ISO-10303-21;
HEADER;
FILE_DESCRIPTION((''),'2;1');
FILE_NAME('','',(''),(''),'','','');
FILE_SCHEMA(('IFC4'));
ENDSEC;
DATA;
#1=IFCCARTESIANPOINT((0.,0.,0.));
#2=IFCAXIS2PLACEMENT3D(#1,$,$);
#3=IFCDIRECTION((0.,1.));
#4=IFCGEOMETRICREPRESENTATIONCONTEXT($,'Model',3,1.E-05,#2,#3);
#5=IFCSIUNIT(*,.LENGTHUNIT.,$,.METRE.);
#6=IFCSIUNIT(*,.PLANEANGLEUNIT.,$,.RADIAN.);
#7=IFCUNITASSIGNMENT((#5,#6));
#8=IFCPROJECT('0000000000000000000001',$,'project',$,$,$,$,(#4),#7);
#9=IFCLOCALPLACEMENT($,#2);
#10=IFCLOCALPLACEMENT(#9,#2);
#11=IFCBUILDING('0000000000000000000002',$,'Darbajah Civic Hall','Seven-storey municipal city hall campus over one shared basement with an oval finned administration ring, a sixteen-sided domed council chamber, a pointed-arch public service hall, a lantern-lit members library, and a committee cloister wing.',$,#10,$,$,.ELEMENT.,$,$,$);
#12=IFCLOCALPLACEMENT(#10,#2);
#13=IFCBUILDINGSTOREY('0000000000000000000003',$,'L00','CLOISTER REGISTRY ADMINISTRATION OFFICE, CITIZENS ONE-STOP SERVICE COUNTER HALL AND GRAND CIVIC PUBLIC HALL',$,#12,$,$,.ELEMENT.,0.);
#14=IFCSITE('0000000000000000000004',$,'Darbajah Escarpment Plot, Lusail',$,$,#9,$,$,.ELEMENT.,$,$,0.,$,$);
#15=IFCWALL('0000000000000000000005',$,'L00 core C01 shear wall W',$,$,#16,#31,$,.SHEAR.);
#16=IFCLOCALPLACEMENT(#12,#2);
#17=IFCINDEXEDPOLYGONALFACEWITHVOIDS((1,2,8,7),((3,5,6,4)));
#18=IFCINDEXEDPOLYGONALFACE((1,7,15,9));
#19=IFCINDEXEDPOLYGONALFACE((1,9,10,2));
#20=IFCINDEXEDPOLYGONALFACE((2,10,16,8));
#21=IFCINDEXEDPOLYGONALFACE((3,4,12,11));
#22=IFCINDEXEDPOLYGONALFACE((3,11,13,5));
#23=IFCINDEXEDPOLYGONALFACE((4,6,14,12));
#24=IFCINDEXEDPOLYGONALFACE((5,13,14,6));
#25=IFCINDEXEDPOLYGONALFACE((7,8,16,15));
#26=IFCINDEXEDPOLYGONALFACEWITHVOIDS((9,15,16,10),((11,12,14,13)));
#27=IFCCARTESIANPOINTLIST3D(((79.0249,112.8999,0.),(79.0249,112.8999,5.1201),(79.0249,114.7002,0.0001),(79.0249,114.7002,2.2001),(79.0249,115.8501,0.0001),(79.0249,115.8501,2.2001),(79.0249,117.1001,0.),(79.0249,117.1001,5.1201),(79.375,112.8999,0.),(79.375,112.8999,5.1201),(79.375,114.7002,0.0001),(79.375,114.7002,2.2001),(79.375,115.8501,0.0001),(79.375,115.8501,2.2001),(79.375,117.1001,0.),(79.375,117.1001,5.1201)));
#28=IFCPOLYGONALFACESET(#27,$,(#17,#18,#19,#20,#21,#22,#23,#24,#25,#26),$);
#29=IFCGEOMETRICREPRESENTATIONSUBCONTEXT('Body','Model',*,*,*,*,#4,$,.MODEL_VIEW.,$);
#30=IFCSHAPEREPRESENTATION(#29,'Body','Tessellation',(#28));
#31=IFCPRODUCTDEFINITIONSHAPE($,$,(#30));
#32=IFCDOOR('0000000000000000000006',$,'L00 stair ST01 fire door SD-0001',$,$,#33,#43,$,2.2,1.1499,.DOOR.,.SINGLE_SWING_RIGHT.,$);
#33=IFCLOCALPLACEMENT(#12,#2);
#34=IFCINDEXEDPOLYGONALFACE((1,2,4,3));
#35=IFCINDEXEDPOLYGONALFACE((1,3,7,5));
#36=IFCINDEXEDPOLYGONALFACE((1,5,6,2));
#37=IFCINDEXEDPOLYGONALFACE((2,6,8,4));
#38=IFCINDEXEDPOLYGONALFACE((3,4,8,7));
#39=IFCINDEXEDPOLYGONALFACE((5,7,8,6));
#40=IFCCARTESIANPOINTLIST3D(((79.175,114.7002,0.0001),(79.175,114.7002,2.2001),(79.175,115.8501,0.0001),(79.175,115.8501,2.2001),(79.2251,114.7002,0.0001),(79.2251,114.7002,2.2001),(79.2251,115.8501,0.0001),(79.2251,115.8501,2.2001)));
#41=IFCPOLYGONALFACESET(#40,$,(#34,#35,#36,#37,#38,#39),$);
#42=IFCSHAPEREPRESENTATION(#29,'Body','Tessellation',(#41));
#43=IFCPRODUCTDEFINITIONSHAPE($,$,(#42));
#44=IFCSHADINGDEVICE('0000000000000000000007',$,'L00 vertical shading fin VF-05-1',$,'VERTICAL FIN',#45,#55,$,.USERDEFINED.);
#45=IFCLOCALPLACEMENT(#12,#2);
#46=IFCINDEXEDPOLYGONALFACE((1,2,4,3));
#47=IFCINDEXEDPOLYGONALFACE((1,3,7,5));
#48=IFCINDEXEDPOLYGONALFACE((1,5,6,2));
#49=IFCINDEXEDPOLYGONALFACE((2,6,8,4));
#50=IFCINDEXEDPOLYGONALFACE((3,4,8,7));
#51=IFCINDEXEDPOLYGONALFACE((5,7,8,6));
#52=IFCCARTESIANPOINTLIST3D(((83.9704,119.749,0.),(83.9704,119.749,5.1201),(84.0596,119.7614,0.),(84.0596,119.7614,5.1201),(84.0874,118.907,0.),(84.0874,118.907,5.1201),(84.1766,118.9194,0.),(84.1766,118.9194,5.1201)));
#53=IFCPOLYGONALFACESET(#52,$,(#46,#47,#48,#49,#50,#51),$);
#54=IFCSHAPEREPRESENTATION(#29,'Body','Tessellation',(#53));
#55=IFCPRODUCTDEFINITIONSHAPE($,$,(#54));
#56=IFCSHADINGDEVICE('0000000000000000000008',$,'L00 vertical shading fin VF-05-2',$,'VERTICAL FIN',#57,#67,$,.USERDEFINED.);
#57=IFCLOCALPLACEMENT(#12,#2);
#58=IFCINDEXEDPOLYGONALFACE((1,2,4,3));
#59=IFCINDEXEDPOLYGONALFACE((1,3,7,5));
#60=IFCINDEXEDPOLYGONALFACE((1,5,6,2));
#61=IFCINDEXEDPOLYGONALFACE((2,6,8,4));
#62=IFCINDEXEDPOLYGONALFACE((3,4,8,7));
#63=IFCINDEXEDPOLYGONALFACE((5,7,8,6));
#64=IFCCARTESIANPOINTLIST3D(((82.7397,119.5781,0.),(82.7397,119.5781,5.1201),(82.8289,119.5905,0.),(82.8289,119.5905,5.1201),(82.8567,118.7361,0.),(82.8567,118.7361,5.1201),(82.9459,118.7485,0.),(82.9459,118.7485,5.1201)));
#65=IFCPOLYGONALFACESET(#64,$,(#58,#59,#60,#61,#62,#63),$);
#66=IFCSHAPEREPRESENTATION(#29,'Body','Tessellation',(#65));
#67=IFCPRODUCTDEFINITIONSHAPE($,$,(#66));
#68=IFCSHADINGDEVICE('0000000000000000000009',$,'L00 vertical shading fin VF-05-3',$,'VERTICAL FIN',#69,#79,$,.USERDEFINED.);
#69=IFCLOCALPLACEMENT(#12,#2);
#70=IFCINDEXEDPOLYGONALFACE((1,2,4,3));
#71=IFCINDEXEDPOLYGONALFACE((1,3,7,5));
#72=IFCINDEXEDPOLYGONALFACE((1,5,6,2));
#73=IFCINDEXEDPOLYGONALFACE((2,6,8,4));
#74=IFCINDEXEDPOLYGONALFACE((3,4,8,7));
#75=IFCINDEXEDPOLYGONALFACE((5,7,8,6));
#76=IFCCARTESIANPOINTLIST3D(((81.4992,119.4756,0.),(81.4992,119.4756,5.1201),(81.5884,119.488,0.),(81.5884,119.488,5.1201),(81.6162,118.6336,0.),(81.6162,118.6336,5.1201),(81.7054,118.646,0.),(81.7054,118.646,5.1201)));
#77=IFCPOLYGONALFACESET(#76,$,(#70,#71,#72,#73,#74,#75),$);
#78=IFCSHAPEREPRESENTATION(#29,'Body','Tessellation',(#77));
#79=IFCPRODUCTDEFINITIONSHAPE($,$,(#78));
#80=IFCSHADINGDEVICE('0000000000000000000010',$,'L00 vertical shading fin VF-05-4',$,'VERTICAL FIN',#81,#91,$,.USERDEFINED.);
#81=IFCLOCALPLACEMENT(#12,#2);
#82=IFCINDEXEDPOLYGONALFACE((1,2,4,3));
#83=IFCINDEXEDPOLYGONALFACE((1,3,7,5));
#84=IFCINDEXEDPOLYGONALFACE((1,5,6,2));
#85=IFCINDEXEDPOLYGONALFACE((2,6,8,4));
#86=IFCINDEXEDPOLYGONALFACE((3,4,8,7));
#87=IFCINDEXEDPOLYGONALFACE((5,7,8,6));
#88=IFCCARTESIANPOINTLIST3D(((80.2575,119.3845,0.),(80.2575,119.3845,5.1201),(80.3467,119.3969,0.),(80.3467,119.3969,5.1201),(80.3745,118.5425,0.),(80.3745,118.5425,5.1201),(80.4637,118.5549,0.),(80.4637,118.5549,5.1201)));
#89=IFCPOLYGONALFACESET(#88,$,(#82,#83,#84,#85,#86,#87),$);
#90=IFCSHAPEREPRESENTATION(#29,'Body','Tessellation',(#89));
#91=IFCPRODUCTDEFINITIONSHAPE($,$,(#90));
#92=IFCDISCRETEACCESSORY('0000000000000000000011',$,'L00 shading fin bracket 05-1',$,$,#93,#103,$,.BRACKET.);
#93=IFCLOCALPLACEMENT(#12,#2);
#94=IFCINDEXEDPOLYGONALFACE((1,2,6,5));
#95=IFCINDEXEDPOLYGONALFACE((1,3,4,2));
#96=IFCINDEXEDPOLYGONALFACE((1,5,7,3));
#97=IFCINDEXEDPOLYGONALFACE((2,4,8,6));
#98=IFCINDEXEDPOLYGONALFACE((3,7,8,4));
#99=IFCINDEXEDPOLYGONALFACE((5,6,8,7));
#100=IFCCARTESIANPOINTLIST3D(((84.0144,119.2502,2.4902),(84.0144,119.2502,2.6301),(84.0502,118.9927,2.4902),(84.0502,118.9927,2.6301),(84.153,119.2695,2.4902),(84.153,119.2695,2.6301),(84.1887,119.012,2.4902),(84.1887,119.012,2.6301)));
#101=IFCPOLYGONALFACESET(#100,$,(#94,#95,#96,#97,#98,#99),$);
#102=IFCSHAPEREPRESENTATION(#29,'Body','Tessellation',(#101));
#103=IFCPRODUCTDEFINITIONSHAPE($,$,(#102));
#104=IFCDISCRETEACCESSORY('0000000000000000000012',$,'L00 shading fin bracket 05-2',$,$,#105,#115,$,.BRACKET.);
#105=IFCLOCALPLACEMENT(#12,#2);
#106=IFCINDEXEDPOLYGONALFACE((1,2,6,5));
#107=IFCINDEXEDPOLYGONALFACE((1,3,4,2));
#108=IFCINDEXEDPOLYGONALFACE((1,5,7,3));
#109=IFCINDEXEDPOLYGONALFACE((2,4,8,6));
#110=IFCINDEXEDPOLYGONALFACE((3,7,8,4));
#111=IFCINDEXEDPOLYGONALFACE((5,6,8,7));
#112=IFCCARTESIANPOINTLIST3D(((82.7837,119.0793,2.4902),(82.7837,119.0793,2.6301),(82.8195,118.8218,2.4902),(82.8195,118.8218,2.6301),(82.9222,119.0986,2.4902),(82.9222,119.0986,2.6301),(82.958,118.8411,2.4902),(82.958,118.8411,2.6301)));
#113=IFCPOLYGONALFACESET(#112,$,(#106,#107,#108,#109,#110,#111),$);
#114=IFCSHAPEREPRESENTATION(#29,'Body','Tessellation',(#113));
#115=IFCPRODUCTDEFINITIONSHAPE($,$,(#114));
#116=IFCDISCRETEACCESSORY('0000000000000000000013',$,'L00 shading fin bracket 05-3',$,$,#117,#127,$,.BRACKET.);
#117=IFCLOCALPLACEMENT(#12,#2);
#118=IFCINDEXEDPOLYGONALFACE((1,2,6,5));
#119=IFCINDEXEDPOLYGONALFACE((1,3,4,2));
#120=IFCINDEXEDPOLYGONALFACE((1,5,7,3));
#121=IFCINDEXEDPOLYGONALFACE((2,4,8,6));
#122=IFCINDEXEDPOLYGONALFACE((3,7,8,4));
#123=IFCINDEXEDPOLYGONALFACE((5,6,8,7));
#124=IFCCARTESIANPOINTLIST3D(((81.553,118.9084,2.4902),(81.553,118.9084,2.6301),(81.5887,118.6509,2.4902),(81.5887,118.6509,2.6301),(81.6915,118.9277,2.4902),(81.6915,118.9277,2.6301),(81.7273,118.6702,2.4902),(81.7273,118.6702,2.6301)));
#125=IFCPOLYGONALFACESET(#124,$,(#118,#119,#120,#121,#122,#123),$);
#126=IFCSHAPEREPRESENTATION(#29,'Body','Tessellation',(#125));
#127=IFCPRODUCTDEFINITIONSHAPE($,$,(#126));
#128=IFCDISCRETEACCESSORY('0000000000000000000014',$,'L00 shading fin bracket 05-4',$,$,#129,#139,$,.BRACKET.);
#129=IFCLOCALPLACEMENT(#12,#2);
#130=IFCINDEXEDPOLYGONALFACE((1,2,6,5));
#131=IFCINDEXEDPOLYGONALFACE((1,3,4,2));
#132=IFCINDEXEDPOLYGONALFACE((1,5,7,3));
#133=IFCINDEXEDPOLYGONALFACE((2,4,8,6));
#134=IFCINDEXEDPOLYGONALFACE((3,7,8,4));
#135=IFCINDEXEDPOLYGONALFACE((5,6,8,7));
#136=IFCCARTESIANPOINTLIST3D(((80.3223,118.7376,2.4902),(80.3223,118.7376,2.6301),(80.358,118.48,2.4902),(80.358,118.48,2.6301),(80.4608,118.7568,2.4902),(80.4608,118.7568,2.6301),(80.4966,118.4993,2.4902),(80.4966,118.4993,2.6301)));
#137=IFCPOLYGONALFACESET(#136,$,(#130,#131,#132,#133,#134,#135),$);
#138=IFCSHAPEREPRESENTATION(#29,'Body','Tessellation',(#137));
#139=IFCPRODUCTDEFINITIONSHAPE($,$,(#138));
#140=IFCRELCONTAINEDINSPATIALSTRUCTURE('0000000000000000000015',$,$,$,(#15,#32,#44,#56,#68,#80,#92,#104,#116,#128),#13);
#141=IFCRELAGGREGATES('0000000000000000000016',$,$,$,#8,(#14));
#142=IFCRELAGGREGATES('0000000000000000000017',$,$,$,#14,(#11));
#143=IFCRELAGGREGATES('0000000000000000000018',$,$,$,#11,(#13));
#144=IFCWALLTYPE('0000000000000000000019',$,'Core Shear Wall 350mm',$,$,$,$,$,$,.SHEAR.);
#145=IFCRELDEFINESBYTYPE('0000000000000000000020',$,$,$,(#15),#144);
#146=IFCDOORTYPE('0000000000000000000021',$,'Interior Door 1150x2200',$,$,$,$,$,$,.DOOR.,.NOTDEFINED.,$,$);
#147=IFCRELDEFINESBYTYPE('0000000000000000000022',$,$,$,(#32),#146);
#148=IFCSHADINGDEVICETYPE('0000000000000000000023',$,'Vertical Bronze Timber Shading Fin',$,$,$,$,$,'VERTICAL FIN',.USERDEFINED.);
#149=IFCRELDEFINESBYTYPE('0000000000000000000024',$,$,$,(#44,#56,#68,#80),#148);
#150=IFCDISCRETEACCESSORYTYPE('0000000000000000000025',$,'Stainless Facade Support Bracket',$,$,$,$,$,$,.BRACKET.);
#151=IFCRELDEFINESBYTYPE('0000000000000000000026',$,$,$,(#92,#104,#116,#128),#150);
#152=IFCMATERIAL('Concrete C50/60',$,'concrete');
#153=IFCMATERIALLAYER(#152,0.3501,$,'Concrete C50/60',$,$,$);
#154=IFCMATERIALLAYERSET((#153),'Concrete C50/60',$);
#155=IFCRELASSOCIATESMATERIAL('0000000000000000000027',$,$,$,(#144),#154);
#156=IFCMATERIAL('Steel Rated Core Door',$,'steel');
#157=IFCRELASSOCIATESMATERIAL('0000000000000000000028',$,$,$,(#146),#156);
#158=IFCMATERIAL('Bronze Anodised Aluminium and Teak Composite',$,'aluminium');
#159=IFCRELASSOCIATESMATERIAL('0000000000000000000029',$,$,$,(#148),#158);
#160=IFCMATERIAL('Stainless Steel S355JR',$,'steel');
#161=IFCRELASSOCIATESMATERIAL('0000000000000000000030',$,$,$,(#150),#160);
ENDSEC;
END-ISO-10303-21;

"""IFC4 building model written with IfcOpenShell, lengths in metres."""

from ifc_helpers import new_model, si_unit, direction, frame, frame_2d, origin, origin_2d, place, context, subcontext, project, spatial, rectangle, extrude, material, layer, layer_set, type_object, element, fill, save


model = new_model("IFC4")

# Units and contexts
model_context = context("Model", 3, precision=1e-05, world=origin(), true_north=direction((0.0, 1.0)))
body_context = subcontext(model_context, "Body", "Model", "MODEL_VIEW")
ifc_project = project(units=[si_unit("LENGTHUNIT", "METRE"), si_unit("PLANEANGLEUNIT", "RADIAN")], contexts=[model_context])

# Site, building, storey
site_placement = place(None, origin())
site = spatial("IfcSite", under=ifc_project, at=site_placement, Name="Darbajah Escarpment Plot, Lusail", CompositionType="ELEMENT", RefElevation=0.0)
building_placement = place(site_placement, origin())
building = spatial("IfcBuilding", under=site, at=building_placement, Name="Darbajah Civic Hall", Description="Seven-storey municipal city hall campus over one shared basement with an oval finned administration ring, a sixteen-sided domed council chamber, a pointed-arch public service hall, a lantern-lit members library, and a committee cloister wing.", CompositionType="ELEMENT")
storey_placement = place(building_placement, origin())
storey = spatial("IfcBuildingStorey", under=building, at=storey_placement, Name="L00", Description="CLOISTER REGISTRY ADMINISTRATION OFFICE, CITIZENS ONE-STOP SERVICE COUNTER HALL AND GRAND CIVIC PUBLIC HALL", CompositionType="ELEMENT", Elevation=0.0)

# Wall, opening, door
ifc_material_1 = material(Name="Concrete C50/60", Category="concrete")
ifc_layer_1 = layer(ifc_material_1, 0.3501, Name="Concrete C50/60")
ifc_layer_set_1 = layer_set([ifc_layer_1], Name="Concrete C50/60")
wall_type = type_object("IfcWallType", Name="Core Shear Wall 350mm", PredefinedType="SHEAR", material=ifc_layer_set_1)
wall_placement = place(storey_placement, frame((79.2, 117.1001, 0.0), z_axis=(0.0, 0.0, 1.0), x_axis=(0.0, -1.0, 0.0)))
wall = element("IfcWall", 1, at=wall_placement, inside=storey, type_object=wall_type, Name="L00 core C01 shear wall W", PredefinedType="SHEAR", context=body_context, shape_type="SweptSolid", body=[
    extrude(rectangle(XDim=4.2002, YDim=0.3501, at=frame_2d((2.1001, 0.0))), origin(), (0.0, 0.0, 1.0), 5.1201),
])
opening_placement = place(wall_placement, frame((1.25, 0.0, 0.0)))
opening = element("IfcOpeningElement", 2, at=opening_placement, cuts=wall, PredefinedType="OPENING", context=body_context, shape_type="SweptSolid", body=[
    extrude(rectangle(XDim=1.1499, YDim=2.2, at=frame_2d((0.575, 1.1001))), frame((0.0, 0.1851, 0.0), z_axis=(0.0, -1.0, 0.0), x_axis=(1.0, 0.0, 0.0)), (0.0, 0.0, 1.0), 0.3701),
])
ifc_material_2 = material(Name="Steel Rated Core Door", Category="steel")
door_type = type_object("IfcDoorType", Name="Interior Door 1150x2200", OperationType="NOTDEFINED", PredefinedType="DOOR", material=ifc_material_2)
door_placement = place(opening_placement, frame((1.1499, 0.0, 0.0), z_axis=(0.0, 0.0, 1.0), x_axis=(-1.0, 0.0, 0.0)))
door = element("IfcDoor", 3, at=door_placement, inside=storey, type_object=door_type, Name="L00 stair ST01 fire door SD-0001", OperationType="SINGLE_SWING_RIGHT", OverallHeight=2.2, OverallWidth=1.1499, PredefinedType="DOOR", context=body_context, shape_type="SweptSolid", body=[
    extrude(rectangle(XDim=1.1499, YDim=2.2, at=frame_2d((0.575, 1.1001))), frame((0.0, 0.0249, 0.0), z_axis=(0.0, -1.0, 0.0), x_axis=(1.0, 0.0, 0.0)), (0.0, 0.0, 1.0), 0.05),
])
fill(opening, door)

# Shading devices
ifc_material_3 = material(Name="Bronze Anodised Aluminium and Teak Composite", Category="aluminium")
shading_device_type = type_object("IfcShadingDeviceType", Name="Vertical Bronze Timber Shading Fin", ElementType="VERTICAL FIN", PredefinedType="USERDEFINED", material=ifc_material_3)
for number, where, z_axis, x_axis, name in (
    (4, (84.0735, 119.3342, 0.0), (0.0, 0.0, 1.0), (-0.137617, 0.990485, 0.0), "L00 vertical shading fin VF-05-1"),
    (5, (82.8428, 119.1633, 0.0), (0.0, 0.0, 1.0), (-0.137617, 0.990485, 0.0), "L00 vertical shading fin VF-05-2"),
    (6, (81.6023, 119.0608, 0.0), (0.0, 0.0, 1.0), (-0.137617, 0.990485, 0.0), "L00 vertical shading fin VF-05-3"),
    (7, (80.3606, 118.9697, 0.0), (0.0, 0.0, 1.0), (-0.137617, 0.990485, 0.0), "L00 vertical shading fin VF-05-4"),
):
    element("IfcShadingDevice", number, at=place(storey_placement, frame(where, z_axis=z_axis, x_axis=x_axis)), inside=storey, type_object=shading_device_type, Name=name, ObjectType="VERTICAL FIN", PredefinedType="USERDEFINED", context=body_context, shape_type="SweptSolid", body=[
        extrude(rectangle(XDim=0.8501, YDim=0.0901, at=origin_2d()), origin(), (0.0, 0.0, 1.0), 5.1201),
    ])

# Discrete accessories
ifc_material_4 = material(Name="Stainless Steel S355JR", Category="steel")
discrete_accessory_type = type_object("IfcDiscreteAccessoryType", Name="Stainless Facade Support Bracket", PredefinedType="BRACKET", material=ifc_material_4)
for number, where, z_axis, x_axis, name in (
    (8, (84.1016, 119.1311, 2.4902), (0.0, 0.0, 1.0), (-0.137617, 0.990485, 0.0), "L00 shading fin bracket 05-1"),
    (9, (82.8708, 118.9602, 2.4902), (0.0, 0.0, 1.0), (-0.137617, 0.990485, 0.0), "L00 shading fin bracket 05-2"),
    (10, (81.6401, 118.7893, 2.4902), (0.0, 0.0, 1.0), (-0.137617, 0.990485, 0.0), "L00 shading fin bracket 05-3"),
    (11, (80.4094, 118.6184, 2.4902), (0.0, 0.0, 1.0), (-0.137617, 0.990485, 0.0), "L00 shading fin bracket 05-4"),
):
    element("IfcDiscreteAccessory", number, at=place(storey_placement, frame(where, z_axis=z_axis, x_axis=x_axis)), inside=storey, type_object=discrete_accessory_type, Name=name, PredefinedType="BRACKET", context=body_context, shape_type="SweptSolid", body=[
        extrude(rectangle(XDim=0.26, YDim=0.1399, at=origin_2d()), origin(), (0.0, 0.0, 1.0), 0.1399),
    ])

save(model, "model.ifc")
